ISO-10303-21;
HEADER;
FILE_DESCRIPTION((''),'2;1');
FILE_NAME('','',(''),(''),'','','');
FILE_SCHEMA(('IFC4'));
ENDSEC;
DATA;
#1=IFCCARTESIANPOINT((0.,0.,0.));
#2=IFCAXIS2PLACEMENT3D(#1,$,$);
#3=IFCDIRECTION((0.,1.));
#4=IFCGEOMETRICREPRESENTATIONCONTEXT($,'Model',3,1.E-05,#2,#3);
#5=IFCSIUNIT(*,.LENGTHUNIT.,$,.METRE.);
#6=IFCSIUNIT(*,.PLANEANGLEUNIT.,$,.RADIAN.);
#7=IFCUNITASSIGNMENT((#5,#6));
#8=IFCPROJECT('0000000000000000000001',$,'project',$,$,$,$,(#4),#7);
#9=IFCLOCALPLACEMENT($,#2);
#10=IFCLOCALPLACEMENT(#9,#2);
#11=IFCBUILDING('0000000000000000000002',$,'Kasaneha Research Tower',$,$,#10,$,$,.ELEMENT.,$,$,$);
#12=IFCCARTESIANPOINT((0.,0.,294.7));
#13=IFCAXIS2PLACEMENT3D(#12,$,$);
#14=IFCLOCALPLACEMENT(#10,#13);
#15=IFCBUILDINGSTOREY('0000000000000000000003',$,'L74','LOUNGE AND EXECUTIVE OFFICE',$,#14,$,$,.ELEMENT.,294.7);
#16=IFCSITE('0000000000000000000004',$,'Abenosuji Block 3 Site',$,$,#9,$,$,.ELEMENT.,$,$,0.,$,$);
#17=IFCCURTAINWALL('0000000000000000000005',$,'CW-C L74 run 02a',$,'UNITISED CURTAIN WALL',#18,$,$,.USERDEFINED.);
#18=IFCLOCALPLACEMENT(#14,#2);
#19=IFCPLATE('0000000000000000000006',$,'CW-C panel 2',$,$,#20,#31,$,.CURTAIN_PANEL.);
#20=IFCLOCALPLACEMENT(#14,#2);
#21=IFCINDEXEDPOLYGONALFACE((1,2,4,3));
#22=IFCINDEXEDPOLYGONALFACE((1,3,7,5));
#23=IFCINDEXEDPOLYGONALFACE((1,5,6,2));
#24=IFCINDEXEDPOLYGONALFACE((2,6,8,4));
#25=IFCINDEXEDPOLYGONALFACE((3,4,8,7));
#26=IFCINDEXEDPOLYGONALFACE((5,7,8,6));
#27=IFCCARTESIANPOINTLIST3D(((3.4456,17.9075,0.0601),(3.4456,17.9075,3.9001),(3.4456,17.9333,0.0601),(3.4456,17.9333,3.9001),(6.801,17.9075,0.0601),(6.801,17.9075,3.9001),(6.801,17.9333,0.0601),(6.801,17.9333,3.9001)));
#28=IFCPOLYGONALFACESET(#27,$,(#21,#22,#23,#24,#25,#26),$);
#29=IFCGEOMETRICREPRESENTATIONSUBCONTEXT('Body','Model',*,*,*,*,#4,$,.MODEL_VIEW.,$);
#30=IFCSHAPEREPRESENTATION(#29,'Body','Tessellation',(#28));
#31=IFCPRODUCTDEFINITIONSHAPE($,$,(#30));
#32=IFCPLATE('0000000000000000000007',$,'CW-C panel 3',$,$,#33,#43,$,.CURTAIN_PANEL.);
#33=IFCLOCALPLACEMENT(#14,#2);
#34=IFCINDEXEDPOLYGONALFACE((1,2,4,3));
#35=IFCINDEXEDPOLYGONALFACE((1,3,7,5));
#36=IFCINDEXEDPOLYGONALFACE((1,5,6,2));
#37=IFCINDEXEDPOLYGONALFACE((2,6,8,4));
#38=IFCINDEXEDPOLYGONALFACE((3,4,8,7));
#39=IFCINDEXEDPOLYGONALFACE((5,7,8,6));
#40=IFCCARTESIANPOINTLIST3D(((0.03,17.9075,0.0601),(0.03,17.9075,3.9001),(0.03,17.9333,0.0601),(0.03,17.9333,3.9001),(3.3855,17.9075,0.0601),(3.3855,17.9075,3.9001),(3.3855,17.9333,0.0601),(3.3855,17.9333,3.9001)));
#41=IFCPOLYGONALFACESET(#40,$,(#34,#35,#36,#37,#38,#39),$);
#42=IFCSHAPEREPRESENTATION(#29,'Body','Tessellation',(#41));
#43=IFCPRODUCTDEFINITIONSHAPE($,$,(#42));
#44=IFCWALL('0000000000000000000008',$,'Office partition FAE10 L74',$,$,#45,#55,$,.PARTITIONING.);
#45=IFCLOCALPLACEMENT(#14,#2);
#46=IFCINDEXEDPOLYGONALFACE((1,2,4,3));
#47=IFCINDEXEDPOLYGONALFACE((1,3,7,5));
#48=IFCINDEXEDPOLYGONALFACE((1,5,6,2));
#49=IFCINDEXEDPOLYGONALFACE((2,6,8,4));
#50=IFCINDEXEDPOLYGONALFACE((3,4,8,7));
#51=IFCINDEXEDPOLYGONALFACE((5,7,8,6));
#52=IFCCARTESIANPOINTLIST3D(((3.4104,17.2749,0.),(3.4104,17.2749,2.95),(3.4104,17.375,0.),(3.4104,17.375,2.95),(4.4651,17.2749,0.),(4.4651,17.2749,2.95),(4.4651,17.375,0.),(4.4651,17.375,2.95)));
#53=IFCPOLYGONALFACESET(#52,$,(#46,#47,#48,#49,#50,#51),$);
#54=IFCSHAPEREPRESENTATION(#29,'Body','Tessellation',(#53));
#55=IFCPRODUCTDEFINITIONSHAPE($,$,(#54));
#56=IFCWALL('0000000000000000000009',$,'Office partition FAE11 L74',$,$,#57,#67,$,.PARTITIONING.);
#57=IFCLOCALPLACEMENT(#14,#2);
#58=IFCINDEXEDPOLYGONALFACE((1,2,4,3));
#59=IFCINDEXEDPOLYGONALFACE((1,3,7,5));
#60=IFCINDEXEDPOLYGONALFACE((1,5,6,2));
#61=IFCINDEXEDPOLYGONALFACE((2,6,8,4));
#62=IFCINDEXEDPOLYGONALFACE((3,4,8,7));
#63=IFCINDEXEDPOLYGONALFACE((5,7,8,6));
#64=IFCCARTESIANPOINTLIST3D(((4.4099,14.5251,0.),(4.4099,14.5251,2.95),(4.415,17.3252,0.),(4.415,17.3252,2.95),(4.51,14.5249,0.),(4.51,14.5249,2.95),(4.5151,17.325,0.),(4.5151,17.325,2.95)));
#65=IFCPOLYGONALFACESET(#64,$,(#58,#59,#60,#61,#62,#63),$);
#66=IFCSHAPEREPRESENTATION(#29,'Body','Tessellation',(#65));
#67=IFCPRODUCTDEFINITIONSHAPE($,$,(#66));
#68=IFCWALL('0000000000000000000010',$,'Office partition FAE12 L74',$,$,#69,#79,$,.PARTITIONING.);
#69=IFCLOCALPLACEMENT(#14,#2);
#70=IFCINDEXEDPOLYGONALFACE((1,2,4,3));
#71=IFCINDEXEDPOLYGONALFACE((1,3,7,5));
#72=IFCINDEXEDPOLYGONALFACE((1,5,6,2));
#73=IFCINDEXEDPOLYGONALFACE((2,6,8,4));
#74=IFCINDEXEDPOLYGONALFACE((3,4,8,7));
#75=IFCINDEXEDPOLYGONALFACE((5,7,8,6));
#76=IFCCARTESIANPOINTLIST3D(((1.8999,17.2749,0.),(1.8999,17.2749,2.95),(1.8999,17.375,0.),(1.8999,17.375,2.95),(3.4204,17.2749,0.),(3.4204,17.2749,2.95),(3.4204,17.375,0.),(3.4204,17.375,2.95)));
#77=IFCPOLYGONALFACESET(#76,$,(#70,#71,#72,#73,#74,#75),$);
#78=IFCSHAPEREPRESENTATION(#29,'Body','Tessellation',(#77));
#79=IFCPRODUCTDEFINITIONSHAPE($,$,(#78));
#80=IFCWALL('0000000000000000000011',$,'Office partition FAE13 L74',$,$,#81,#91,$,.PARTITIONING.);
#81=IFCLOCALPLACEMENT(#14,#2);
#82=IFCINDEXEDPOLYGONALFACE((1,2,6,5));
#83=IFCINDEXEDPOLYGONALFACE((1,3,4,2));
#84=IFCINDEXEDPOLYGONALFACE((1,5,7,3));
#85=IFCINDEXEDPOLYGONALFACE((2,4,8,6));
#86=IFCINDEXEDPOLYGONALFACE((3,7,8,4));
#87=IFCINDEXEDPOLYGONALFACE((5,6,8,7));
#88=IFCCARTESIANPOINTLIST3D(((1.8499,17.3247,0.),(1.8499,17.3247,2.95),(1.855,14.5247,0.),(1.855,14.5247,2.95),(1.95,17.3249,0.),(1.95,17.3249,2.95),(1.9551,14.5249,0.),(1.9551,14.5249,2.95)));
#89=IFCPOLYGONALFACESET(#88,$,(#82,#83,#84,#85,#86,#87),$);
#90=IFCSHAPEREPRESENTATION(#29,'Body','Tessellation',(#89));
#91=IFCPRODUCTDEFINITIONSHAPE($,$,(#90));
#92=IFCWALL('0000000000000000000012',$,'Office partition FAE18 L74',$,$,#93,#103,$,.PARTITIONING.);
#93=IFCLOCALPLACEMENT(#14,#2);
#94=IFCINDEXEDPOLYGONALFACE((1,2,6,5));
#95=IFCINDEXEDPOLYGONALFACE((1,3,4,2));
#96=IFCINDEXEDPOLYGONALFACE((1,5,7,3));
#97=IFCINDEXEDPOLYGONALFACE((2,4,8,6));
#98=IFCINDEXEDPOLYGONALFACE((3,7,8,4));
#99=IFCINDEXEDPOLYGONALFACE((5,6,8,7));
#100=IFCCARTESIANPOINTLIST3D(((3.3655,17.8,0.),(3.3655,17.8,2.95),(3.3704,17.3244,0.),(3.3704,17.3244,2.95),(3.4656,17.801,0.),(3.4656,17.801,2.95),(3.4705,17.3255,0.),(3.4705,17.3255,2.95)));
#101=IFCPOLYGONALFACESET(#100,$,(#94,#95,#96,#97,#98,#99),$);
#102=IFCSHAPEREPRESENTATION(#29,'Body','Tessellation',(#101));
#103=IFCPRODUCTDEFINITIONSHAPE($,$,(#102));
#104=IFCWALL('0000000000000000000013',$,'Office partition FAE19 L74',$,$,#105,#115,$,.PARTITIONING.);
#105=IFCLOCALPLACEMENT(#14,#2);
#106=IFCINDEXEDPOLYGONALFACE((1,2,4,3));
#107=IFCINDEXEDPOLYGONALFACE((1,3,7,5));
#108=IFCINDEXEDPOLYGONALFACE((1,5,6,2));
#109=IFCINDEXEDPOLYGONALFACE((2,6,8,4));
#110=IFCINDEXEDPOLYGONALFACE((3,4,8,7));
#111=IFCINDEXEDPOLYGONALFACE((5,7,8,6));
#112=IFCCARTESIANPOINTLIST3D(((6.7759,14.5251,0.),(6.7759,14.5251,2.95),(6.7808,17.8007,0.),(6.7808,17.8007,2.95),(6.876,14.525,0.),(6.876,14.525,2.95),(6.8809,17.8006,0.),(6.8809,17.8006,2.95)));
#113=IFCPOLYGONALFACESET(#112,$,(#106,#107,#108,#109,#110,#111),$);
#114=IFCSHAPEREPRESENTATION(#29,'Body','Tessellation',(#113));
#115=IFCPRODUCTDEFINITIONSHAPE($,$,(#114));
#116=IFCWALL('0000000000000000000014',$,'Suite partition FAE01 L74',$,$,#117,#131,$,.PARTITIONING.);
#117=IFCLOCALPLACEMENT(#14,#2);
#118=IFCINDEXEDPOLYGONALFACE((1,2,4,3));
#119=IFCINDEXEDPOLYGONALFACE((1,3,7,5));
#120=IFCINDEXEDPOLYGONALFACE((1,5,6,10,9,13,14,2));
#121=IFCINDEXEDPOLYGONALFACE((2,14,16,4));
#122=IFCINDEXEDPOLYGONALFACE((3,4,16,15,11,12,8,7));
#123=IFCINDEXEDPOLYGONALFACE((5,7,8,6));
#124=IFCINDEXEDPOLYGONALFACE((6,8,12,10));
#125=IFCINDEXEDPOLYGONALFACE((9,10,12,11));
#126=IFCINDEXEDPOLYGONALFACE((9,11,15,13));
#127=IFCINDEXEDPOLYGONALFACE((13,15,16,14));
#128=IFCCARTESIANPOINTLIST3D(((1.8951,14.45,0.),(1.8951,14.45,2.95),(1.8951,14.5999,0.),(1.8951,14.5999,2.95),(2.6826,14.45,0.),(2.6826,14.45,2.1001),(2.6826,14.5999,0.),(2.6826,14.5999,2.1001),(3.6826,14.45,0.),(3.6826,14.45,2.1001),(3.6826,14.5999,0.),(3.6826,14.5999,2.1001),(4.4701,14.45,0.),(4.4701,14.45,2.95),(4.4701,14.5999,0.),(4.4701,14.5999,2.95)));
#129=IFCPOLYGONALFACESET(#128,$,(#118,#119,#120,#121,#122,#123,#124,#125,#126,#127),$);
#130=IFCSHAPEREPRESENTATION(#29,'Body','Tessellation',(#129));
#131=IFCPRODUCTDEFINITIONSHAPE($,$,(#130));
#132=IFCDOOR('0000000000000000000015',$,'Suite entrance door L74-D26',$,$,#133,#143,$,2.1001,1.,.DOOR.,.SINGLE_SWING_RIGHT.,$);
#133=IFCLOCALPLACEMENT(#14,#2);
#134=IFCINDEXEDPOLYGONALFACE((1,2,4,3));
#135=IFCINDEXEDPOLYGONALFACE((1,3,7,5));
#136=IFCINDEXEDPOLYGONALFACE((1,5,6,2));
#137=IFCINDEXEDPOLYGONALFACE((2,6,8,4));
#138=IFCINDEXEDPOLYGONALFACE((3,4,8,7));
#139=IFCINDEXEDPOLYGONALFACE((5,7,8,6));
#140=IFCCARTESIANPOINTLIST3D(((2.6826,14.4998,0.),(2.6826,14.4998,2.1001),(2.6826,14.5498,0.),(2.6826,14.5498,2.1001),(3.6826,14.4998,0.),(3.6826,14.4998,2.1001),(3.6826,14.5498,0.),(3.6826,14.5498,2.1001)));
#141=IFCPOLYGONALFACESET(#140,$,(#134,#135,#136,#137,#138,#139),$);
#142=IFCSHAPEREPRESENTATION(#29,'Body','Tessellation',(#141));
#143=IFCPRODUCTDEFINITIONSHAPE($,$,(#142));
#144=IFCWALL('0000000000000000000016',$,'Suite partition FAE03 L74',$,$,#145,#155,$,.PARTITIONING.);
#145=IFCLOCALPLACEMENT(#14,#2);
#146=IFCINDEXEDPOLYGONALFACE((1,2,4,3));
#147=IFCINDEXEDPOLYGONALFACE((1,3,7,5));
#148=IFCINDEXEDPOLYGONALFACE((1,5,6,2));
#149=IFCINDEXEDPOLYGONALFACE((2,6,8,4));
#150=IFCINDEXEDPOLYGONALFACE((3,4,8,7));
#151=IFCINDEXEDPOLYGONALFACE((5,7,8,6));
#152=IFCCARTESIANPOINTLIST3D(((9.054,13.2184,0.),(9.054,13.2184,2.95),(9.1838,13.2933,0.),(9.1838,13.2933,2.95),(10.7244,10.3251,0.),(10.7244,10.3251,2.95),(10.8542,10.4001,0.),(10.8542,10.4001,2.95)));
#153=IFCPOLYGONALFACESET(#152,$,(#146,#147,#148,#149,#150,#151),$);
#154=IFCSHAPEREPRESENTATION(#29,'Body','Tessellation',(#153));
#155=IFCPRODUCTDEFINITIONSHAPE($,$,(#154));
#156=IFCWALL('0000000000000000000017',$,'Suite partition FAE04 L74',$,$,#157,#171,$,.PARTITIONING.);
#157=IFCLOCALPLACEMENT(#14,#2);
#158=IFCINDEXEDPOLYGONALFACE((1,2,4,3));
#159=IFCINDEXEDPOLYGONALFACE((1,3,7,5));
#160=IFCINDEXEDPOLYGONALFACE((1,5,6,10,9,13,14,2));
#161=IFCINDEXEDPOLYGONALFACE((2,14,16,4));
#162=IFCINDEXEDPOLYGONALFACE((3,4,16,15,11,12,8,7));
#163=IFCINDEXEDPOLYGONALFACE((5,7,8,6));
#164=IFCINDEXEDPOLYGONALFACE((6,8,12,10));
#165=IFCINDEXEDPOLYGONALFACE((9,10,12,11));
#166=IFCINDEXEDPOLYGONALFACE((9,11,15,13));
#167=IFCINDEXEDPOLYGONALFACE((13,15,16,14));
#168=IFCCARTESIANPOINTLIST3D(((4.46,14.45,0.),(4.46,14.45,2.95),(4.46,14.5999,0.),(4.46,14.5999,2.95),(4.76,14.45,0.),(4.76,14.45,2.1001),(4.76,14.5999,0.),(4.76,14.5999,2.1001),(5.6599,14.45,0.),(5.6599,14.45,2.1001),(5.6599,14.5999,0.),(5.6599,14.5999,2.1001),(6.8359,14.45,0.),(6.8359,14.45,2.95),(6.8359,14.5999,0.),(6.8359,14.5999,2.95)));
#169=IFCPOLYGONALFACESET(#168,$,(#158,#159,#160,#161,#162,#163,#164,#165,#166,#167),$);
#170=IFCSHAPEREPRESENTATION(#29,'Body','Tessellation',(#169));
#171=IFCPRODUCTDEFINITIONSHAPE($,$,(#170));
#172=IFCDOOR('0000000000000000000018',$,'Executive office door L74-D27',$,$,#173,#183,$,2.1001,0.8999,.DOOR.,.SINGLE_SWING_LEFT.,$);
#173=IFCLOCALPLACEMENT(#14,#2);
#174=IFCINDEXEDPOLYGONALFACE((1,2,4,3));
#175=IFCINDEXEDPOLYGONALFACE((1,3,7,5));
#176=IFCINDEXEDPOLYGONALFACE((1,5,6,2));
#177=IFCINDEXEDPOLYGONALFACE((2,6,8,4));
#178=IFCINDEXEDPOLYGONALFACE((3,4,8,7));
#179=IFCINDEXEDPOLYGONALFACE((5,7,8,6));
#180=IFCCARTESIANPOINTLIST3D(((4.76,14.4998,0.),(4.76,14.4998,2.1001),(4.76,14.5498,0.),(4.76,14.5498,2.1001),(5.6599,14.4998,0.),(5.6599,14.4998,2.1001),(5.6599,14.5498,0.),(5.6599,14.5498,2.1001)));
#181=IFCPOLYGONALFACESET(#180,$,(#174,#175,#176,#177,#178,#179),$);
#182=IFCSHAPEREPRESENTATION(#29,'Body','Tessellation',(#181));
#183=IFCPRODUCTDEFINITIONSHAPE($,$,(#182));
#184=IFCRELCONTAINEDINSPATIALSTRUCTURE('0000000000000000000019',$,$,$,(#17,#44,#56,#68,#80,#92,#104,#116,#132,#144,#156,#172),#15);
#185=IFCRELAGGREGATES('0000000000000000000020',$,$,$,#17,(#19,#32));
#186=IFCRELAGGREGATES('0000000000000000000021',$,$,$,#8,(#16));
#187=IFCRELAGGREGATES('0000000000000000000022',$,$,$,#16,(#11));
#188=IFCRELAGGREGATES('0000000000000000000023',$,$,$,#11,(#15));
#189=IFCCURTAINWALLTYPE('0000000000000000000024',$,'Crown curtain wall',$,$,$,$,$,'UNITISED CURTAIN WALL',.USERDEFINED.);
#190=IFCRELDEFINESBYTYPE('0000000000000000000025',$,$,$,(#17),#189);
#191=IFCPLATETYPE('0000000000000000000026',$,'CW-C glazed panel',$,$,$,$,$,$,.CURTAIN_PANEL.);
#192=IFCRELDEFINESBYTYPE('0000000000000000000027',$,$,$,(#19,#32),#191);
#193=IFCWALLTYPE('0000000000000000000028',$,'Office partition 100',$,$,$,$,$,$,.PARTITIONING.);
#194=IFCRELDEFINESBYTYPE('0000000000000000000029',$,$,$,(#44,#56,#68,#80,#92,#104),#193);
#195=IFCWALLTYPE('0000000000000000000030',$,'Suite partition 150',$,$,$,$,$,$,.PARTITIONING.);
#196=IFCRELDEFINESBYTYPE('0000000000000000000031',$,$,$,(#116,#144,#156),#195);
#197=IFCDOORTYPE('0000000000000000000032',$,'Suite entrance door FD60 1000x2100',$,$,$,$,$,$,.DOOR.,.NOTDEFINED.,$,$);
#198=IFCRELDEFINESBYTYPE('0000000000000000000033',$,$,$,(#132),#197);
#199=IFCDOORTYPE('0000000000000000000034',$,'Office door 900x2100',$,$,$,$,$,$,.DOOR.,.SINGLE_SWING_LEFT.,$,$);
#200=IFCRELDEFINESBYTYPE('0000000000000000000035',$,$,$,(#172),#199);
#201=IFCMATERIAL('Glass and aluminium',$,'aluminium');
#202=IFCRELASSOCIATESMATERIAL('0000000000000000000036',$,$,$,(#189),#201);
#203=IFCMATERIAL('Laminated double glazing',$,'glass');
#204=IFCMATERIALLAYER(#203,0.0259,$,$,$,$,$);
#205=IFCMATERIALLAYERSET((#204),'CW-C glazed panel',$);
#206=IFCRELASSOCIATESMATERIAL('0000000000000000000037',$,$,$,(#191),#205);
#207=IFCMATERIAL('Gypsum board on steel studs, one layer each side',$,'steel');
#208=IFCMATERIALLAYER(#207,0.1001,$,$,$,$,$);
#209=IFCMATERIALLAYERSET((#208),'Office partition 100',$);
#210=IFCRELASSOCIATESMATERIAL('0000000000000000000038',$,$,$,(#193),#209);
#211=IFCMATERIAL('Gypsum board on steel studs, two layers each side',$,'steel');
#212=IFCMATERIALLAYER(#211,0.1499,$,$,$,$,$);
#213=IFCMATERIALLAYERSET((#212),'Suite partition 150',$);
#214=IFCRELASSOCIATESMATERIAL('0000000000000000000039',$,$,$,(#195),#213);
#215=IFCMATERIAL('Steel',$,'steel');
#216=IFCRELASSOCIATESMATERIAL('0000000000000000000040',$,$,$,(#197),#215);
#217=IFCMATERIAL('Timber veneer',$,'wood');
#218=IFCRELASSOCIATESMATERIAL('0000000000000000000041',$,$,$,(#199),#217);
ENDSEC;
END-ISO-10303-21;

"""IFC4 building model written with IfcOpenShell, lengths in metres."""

from ifc_helpers import new_model, si_unit, direction, frame, frame_2d, origin, origin_2d, place, context, subcontext, project, spatial, rectangle, extrude, material, layer, layer_set, type_object, element, fill, aggregate, save


model = new_model("IFC4")

# Units and contexts
model_context = context("Model", 3, precision=1e-05, world=origin(), true_north=direction((0.0, 1.0)))
body_context = subcontext(model_context, "Body", "Model", "MODEL_VIEW")
ifc_project = project(units=[si_unit("LENGTHUNIT", "METRE"), si_unit("PLANEANGLEUNIT", "RADIAN")], contexts=[model_context])

# Site, building, storey
site_placement = place(None, origin())
site = spatial("IfcSite", under=ifc_project, at=site_placement, Name="Abenosuji Block 3 Site", CompositionType="ELEMENT", RefElevation=0.0)
building_placement = place(site_placement, origin())
building = spatial("IfcBuilding", under=site, at=building_placement, Name="Kasaneha Research Tower", CompositionType="ELEMENT")
storey_placement = place(building_placement, frame((0.0, 0.0, 294.7)))
storey = spatial("IfcBuildingStorey", under=building, at=storey_placement, Name="L74", Description="LOUNGE AND EXECUTIVE OFFICE", CompositionType="ELEMENT", Elevation=294.7)

# Curtain wall, plates
ifc_material_1 = material(Name="Glass and aluminium", Category="aluminium")
curtain_wall_type = type_object("IfcCurtainWallType", Name="Crown curtain wall", ElementType="UNITISED CURTAIN WALL", PredefinedType="USERDEFINED", material=ifc_material_1)
curtain_wall_placement = place(storey_placement, origin())
curtain_wall = element("IfcCurtainWall", 1, at=curtain_wall_placement, inside=storey, type_object=curtain_wall_type, Name="CW-C L74 run 02a", ObjectType="UNITISED CURTAIN WALL", PredefinedType="USERDEFINED")
ifc_material_2 = material(Name="Laminated double glazing", Category="glass")
ifc_layer_1 = layer(ifc_material_2, 0.0259)
ifc_layer_set_1 = layer_set([ifc_layer_1], Name="CW-C glazed panel")
plate_type = type_object("IfcPlateType", Name="CW-C glazed panel", PredefinedType="CURTAIN_PANEL", material=ifc_layer_set_1)
plate_1_placement = place(storey_placement, frame((5.1233, 17.9204, 0.0601), z_axis=(0.0, 0.0, 1.0), x_axis=(-1.0, 0.0, 0.0)))
plate_1 = element("IfcPlate", 2, at=plate_1_placement, type_object=plate_type, Name="CW-C panel 2", PredefinedType="CURTAIN_PANEL", context=body_context, shape_type="SweptSolid", body=[
    extrude(rectangle(XDim=3.3555, YDim=0.0259, at=origin_2d()), origin(), (0.0, 0.0, 1.0), 3.8401),
])
plate_2_placement = place(storey_placement, frame((1.7078, 17.9204, 0.0601), z_axis=(0.0, 0.0, 1.0), x_axis=(-1.0, 0.0, 0.0)))
plate_2 = element("IfcPlate", 3, at=plate_2_placement, type_object=plate_type, Name="CW-C panel 3", PredefinedType="CURTAIN_PANEL", context=body_context, shape_type="SweptSolid", body=[
    extrude(rectangle(XDim=3.3555, YDim=0.0259, at=origin_2d()), origin(), (0.0, 0.0, 1.0), 3.8401),
])
aggregate(curtain_wall, [plate_1, plate_2])

# Walls
ifc_material_3 = material(Name="Gypsum board on steel studs, one layer each side", Category="steel")
ifc_layer_2 = layer(ifc_material_3, 0.1001)
ifc_layer_set_2 = layer_set([ifc_layer_2], Name="Office partition 100")
wall_type_1 = type_object("IfcWallType", Name="Office partition 100", PredefinedType="PARTITIONING", material=ifc_layer_set_2)
wall_1_placement = place(storey_placement, frame((3.4104, 17.325, 0.0), z_axis=(0.0, 0.0, 1.0), x_axis=(1.0, 0.0, 0.0)))
element("IfcWall", 4, at=wall_1_placement, inside=storey, type_object=wall_type_1, Name="Office partition FAE10 L74", PredefinedType="PARTITIONING", context=body_context, shape_type="SweptSolid", body=[
    extrude(rectangle(XDim=1.0547, YDim=0.1001, at=frame_2d((0.5273, 0.0))), origin(), (0.0, 0.0, 1.0), 2.95),
])
wall_2_placement = place(storey_placement, frame((4.4651, 17.325, 0.0), z_axis=(0.0, 0.0, 1.0), x_axis=(-0.001831, -0.999998, 0.0)))
element("IfcWall", 5, at=wall_2_placement, inside=storey, type_object=wall_type_1, Name="Office partition FAE11 L74", PredefinedType="PARTITIONING", context=body_context, shape_type="SweptSolid", body=[
    extrude(rectangle(XDim=2.8, YDim=0.1001, at=frame_2d((1.3999, 0.0))), origin(), (0.0, 0.0, 1.0), 2.95),
])
wall_3_placement = place(storey_placement, frame((1.8999, 17.325, 0.0), z_axis=(0.0, 0.0, 1.0), x_axis=(1.0, 0.0, 0.0)))
element("IfcWall", 6, at=wall_3_placement, inside=storey, type_object=wall_type_1, Name="Office partition FAE12 L74", PredefinedType="PARTITIONING", context=body_context, shape_type="SweptSolid", body=[
    extrude(rectangle(XDim=1.5205, YDim=0.1001, at=frame_2d((0.7603, 0.0))), origin(), (0.0, 0.0, 1.0), 2.95),
])
wall_4_placement = place(storey_placement, frame((1.905, 14.5249, 0.0), z_axis=(0.0, 0.0, 1.0), x_axis=(-0.001831, 0.999998, 0.0)))
element("IfcWall", 7, at=wall_4_placement, inside=storey, type_object=wall_type_1, Name="Office partition FAE13 L74", PredefinedType="PARTITIONING", context=body_context, shape_type="SweptSolid", body=[
    extrude(rectangle(XDim=2.8, YDim=0.1001, at=frame_2d((1.3999, 0.0))), origin(), (0.0, 0.0, 1.0), 2.95),
])
wall_5_placement = place(storey_placement, frame((3.4204, 17.325, 0.0), z_axis=(0.0, 0.0, 1.0), x_axis=(-0.010266, 0.999947, 0.0)))
element("IfcWall", 8, at=wall_5_placement, inside=storey, type_object=wall_type_1, Name="Office partition FAE18 L74", PredefinedType="PARTITIONING", context=body_context, shape_type="SweptSolid", body=[
    extrude(rectangle(XDim=0.4756, YDim=0.1001, at=frame_2d((0.2378, 0.0))), origin(), (0.0, 0.0, 1.0), 2.95),
])
wall_6_placement = place(storey_placement, frame((6.8308, 17.8005, 0.0), z_axis=(0.0, 0.0, 1.0), x_axis=(-0.001491, -0.999999, 0.0)))
element("IfcWall", 9, at=wall_6_placement, inside=storey, type_object=wall_type_1, Name="Office partition FAE19 L74", PredefinedType="PARTITIONING", context=body_context, shape_type="SweptSolid", body=[
    extrude(rectangle(XDim=3.2756, YDim=0.1001, at=frame_2d((1.6377, 0.0))), origin(), (0.0, 0.0, 1.0), 2.95),
])

# Wall, opening, door
ifc_material_4 = material(Name="Gypsum board on steel studs, two layers each side", Category="steel")
ifc_layer_3 = layer(ifc_material_4, 0.1499)
ifc_layer_set_3 = layer_set([ifc_layer_3], Name="Suite partition 150")
wall_type_2 = type_object("IfcWallType", Name="Suite partition 150", PredefinedType="PARTITIONING", material=ifc_layer_set_3)
wall_7_placement = place(storey_placement, frame((1.895, 14.5249, 0.0), z_axis=(0.0, 0.0, 1.0), x_axis=(1.0, 0.0, 0.0)))
wall_7 = element("IfcWall", 10, at=wall_7_placement, inside=storey, type_object=wall_type_2, Name="Suite partition FAE01 L74", PredefinedType="PARTITIONING", context=body_context, shape_type="SweptSolid", body=[
    extrude(rectangle(XDim=2.575, YDim=0.1499, at=frame_2d((1.2876, 0.0))), origin(), (0.0, 0.0, 1.0), 2.95),
])
opening_1_placement = place(wall_7_placement, frame((0.7876, 0.0, 0.0)))
opening_1 = element("IfcOpeningElement", 11, at=opening_1_placement, cuts=wall_7, PredefinedType="OPENING", context=body_context, shape_type="SweptSolid", body=[
    extrude(rectangle(XDim=1.0, YDim=2.1001, at=frame_2d((0.5, 1.05))), frame((0.0, 0.085, 0.0), z_axis=(0.0, -1.0, 0.0), x_axis=(1.0, 0.0, 0.0)), (0.0, 0.0, 1.0), 0.1699),
])
ifc_material_5 = material(Name="Steel", Category="steel")
door_type_1 = type_object("IfcDoorType", Name="Suite entrance door FD60 1000x2100", OperationType="NOTDEFINED", PredefinedType="DOOR", material=ifc_material_5)
door_1_placement = place(opening_1_placement, origin())
door_1 = element("IfcDoor", 12, at=door_1_placement, inside=storey, type_object=door_type_1, Name="Suite entrance door L74-D26", OperationType="SINGLE_SWING_RIGHT", OverallHeight=2.1001, OverallWidth=1.0, PredefinedType="DOOR", context=body_context, shape_type="SweptSolid", body=[
    extrude(rectangle(XDim=1.0, YDim=2.1001, at=frame_2d((0.5, 1.05))), frame((0.0, 0.0249, 0.0), z_axis=(0.0, -1.0, 0.0), x_axis=(1.0, 0.0, 0.0)), (0.0, 0.0, 1.0), 0.05),
])
fill(opening_1, door_1)

# Wall
wall_8_placement = place(storey_placement, frame((9.1189, 13.2559, 0.0), z_axis=(0.0, 0.0, 1.0), x_axis=(0.49999, -0.866031, 0.0)))
element("IfcWall", 13, at=wall_8_placement, inside=storey, type_object=wall_type_2, Name="Suite partition FAE03 L74", PredefinedType="PARTITIONING", context=body_context, shape_type="SweptSolid", body=[
    extrude(rectangle(XDim=3.3408, YDim=0.1499, at=frame_2d((1.6704, 0.0))), origin(), (0.0, 0.0, 1.0), 2.95),
])

# Wall, opening, door
wall_9_placement = place(storey_placement, frame((4.46, 14.5249, 0.0), z_axis=(0.0, 0.0, 1.0), x_axis=(1.0, 0.0, 0.0)))
wall_9 = element("IfcWall", 14, at=wall_9_placement, inside=storey, type_object=wall_type_2, Name="Suite partition FAE04 L74", PredefinedType="PARTITIONING", context=body_context, shape_type="SweptSolid", body=[
    extrude(rectangle(XDim=2.376, YDim=0.1499, at=frame_2d((1.188, 0.0))), origin(), (0.0, 0.0, 1.0), 2.95),
])
opening_2_placement = place(wall_9_placement, frame((0.3, 0.0, 0.0)))
opening_2 = element("IfcOpeningElement", 15, at=opening_2_placement, cuts=wall_9, PredefinedType="OPENING", context=body_context, shape_type="SweptSolid", body=[
    extrude(rectangle(XDim=0.8999, YDim=2.1001, at=frame_2d((0.45, 1.05))), frame((0.0, 0.085, 0.0), z_axis=(0.0, -1.0, 0.0), x_axis=(1.0, 0.0, 0.0)), (0.0, 0.0, 1.0), 0.1699),
])
ifc_material_6 = material(Name="Timber veneer", Category="wood")
door_type_2 = type_object("IfcDoorType", Name="Office door 900x2100", OperationType="SINGLE_SWING_LEFT", PredefinedType="DOOR", material=ifc_material_6)
door_2_placement = place(opening_2_placement, origin())
door_2 = element("IfcDoor", 16, at=door_2_placement, inside=storey, type_object=door_type_2, Name="Executive office door L74-D27", OperationType="SINGLE_SWING_LEFT", OverallHeight=2.1001, OverallWidth=0.8999, PredefinedType="DOOR", context=body_context, shape_type="SweptSolid", body=[
    extrude(rectangle(XDim=0.8999, YDim=2.1001, at=frame_2d((0.45, 1.05))), frame((0.0, 0.0249, 0.0), z_axis=(0.0, -1.0, 0.0), x_axis=(1.0, 0.0, 0.0)), (0.0, 0.0, 1.0), 0.05),
])
fill(opening_2, door_2)

save(model, "model.ifc")
